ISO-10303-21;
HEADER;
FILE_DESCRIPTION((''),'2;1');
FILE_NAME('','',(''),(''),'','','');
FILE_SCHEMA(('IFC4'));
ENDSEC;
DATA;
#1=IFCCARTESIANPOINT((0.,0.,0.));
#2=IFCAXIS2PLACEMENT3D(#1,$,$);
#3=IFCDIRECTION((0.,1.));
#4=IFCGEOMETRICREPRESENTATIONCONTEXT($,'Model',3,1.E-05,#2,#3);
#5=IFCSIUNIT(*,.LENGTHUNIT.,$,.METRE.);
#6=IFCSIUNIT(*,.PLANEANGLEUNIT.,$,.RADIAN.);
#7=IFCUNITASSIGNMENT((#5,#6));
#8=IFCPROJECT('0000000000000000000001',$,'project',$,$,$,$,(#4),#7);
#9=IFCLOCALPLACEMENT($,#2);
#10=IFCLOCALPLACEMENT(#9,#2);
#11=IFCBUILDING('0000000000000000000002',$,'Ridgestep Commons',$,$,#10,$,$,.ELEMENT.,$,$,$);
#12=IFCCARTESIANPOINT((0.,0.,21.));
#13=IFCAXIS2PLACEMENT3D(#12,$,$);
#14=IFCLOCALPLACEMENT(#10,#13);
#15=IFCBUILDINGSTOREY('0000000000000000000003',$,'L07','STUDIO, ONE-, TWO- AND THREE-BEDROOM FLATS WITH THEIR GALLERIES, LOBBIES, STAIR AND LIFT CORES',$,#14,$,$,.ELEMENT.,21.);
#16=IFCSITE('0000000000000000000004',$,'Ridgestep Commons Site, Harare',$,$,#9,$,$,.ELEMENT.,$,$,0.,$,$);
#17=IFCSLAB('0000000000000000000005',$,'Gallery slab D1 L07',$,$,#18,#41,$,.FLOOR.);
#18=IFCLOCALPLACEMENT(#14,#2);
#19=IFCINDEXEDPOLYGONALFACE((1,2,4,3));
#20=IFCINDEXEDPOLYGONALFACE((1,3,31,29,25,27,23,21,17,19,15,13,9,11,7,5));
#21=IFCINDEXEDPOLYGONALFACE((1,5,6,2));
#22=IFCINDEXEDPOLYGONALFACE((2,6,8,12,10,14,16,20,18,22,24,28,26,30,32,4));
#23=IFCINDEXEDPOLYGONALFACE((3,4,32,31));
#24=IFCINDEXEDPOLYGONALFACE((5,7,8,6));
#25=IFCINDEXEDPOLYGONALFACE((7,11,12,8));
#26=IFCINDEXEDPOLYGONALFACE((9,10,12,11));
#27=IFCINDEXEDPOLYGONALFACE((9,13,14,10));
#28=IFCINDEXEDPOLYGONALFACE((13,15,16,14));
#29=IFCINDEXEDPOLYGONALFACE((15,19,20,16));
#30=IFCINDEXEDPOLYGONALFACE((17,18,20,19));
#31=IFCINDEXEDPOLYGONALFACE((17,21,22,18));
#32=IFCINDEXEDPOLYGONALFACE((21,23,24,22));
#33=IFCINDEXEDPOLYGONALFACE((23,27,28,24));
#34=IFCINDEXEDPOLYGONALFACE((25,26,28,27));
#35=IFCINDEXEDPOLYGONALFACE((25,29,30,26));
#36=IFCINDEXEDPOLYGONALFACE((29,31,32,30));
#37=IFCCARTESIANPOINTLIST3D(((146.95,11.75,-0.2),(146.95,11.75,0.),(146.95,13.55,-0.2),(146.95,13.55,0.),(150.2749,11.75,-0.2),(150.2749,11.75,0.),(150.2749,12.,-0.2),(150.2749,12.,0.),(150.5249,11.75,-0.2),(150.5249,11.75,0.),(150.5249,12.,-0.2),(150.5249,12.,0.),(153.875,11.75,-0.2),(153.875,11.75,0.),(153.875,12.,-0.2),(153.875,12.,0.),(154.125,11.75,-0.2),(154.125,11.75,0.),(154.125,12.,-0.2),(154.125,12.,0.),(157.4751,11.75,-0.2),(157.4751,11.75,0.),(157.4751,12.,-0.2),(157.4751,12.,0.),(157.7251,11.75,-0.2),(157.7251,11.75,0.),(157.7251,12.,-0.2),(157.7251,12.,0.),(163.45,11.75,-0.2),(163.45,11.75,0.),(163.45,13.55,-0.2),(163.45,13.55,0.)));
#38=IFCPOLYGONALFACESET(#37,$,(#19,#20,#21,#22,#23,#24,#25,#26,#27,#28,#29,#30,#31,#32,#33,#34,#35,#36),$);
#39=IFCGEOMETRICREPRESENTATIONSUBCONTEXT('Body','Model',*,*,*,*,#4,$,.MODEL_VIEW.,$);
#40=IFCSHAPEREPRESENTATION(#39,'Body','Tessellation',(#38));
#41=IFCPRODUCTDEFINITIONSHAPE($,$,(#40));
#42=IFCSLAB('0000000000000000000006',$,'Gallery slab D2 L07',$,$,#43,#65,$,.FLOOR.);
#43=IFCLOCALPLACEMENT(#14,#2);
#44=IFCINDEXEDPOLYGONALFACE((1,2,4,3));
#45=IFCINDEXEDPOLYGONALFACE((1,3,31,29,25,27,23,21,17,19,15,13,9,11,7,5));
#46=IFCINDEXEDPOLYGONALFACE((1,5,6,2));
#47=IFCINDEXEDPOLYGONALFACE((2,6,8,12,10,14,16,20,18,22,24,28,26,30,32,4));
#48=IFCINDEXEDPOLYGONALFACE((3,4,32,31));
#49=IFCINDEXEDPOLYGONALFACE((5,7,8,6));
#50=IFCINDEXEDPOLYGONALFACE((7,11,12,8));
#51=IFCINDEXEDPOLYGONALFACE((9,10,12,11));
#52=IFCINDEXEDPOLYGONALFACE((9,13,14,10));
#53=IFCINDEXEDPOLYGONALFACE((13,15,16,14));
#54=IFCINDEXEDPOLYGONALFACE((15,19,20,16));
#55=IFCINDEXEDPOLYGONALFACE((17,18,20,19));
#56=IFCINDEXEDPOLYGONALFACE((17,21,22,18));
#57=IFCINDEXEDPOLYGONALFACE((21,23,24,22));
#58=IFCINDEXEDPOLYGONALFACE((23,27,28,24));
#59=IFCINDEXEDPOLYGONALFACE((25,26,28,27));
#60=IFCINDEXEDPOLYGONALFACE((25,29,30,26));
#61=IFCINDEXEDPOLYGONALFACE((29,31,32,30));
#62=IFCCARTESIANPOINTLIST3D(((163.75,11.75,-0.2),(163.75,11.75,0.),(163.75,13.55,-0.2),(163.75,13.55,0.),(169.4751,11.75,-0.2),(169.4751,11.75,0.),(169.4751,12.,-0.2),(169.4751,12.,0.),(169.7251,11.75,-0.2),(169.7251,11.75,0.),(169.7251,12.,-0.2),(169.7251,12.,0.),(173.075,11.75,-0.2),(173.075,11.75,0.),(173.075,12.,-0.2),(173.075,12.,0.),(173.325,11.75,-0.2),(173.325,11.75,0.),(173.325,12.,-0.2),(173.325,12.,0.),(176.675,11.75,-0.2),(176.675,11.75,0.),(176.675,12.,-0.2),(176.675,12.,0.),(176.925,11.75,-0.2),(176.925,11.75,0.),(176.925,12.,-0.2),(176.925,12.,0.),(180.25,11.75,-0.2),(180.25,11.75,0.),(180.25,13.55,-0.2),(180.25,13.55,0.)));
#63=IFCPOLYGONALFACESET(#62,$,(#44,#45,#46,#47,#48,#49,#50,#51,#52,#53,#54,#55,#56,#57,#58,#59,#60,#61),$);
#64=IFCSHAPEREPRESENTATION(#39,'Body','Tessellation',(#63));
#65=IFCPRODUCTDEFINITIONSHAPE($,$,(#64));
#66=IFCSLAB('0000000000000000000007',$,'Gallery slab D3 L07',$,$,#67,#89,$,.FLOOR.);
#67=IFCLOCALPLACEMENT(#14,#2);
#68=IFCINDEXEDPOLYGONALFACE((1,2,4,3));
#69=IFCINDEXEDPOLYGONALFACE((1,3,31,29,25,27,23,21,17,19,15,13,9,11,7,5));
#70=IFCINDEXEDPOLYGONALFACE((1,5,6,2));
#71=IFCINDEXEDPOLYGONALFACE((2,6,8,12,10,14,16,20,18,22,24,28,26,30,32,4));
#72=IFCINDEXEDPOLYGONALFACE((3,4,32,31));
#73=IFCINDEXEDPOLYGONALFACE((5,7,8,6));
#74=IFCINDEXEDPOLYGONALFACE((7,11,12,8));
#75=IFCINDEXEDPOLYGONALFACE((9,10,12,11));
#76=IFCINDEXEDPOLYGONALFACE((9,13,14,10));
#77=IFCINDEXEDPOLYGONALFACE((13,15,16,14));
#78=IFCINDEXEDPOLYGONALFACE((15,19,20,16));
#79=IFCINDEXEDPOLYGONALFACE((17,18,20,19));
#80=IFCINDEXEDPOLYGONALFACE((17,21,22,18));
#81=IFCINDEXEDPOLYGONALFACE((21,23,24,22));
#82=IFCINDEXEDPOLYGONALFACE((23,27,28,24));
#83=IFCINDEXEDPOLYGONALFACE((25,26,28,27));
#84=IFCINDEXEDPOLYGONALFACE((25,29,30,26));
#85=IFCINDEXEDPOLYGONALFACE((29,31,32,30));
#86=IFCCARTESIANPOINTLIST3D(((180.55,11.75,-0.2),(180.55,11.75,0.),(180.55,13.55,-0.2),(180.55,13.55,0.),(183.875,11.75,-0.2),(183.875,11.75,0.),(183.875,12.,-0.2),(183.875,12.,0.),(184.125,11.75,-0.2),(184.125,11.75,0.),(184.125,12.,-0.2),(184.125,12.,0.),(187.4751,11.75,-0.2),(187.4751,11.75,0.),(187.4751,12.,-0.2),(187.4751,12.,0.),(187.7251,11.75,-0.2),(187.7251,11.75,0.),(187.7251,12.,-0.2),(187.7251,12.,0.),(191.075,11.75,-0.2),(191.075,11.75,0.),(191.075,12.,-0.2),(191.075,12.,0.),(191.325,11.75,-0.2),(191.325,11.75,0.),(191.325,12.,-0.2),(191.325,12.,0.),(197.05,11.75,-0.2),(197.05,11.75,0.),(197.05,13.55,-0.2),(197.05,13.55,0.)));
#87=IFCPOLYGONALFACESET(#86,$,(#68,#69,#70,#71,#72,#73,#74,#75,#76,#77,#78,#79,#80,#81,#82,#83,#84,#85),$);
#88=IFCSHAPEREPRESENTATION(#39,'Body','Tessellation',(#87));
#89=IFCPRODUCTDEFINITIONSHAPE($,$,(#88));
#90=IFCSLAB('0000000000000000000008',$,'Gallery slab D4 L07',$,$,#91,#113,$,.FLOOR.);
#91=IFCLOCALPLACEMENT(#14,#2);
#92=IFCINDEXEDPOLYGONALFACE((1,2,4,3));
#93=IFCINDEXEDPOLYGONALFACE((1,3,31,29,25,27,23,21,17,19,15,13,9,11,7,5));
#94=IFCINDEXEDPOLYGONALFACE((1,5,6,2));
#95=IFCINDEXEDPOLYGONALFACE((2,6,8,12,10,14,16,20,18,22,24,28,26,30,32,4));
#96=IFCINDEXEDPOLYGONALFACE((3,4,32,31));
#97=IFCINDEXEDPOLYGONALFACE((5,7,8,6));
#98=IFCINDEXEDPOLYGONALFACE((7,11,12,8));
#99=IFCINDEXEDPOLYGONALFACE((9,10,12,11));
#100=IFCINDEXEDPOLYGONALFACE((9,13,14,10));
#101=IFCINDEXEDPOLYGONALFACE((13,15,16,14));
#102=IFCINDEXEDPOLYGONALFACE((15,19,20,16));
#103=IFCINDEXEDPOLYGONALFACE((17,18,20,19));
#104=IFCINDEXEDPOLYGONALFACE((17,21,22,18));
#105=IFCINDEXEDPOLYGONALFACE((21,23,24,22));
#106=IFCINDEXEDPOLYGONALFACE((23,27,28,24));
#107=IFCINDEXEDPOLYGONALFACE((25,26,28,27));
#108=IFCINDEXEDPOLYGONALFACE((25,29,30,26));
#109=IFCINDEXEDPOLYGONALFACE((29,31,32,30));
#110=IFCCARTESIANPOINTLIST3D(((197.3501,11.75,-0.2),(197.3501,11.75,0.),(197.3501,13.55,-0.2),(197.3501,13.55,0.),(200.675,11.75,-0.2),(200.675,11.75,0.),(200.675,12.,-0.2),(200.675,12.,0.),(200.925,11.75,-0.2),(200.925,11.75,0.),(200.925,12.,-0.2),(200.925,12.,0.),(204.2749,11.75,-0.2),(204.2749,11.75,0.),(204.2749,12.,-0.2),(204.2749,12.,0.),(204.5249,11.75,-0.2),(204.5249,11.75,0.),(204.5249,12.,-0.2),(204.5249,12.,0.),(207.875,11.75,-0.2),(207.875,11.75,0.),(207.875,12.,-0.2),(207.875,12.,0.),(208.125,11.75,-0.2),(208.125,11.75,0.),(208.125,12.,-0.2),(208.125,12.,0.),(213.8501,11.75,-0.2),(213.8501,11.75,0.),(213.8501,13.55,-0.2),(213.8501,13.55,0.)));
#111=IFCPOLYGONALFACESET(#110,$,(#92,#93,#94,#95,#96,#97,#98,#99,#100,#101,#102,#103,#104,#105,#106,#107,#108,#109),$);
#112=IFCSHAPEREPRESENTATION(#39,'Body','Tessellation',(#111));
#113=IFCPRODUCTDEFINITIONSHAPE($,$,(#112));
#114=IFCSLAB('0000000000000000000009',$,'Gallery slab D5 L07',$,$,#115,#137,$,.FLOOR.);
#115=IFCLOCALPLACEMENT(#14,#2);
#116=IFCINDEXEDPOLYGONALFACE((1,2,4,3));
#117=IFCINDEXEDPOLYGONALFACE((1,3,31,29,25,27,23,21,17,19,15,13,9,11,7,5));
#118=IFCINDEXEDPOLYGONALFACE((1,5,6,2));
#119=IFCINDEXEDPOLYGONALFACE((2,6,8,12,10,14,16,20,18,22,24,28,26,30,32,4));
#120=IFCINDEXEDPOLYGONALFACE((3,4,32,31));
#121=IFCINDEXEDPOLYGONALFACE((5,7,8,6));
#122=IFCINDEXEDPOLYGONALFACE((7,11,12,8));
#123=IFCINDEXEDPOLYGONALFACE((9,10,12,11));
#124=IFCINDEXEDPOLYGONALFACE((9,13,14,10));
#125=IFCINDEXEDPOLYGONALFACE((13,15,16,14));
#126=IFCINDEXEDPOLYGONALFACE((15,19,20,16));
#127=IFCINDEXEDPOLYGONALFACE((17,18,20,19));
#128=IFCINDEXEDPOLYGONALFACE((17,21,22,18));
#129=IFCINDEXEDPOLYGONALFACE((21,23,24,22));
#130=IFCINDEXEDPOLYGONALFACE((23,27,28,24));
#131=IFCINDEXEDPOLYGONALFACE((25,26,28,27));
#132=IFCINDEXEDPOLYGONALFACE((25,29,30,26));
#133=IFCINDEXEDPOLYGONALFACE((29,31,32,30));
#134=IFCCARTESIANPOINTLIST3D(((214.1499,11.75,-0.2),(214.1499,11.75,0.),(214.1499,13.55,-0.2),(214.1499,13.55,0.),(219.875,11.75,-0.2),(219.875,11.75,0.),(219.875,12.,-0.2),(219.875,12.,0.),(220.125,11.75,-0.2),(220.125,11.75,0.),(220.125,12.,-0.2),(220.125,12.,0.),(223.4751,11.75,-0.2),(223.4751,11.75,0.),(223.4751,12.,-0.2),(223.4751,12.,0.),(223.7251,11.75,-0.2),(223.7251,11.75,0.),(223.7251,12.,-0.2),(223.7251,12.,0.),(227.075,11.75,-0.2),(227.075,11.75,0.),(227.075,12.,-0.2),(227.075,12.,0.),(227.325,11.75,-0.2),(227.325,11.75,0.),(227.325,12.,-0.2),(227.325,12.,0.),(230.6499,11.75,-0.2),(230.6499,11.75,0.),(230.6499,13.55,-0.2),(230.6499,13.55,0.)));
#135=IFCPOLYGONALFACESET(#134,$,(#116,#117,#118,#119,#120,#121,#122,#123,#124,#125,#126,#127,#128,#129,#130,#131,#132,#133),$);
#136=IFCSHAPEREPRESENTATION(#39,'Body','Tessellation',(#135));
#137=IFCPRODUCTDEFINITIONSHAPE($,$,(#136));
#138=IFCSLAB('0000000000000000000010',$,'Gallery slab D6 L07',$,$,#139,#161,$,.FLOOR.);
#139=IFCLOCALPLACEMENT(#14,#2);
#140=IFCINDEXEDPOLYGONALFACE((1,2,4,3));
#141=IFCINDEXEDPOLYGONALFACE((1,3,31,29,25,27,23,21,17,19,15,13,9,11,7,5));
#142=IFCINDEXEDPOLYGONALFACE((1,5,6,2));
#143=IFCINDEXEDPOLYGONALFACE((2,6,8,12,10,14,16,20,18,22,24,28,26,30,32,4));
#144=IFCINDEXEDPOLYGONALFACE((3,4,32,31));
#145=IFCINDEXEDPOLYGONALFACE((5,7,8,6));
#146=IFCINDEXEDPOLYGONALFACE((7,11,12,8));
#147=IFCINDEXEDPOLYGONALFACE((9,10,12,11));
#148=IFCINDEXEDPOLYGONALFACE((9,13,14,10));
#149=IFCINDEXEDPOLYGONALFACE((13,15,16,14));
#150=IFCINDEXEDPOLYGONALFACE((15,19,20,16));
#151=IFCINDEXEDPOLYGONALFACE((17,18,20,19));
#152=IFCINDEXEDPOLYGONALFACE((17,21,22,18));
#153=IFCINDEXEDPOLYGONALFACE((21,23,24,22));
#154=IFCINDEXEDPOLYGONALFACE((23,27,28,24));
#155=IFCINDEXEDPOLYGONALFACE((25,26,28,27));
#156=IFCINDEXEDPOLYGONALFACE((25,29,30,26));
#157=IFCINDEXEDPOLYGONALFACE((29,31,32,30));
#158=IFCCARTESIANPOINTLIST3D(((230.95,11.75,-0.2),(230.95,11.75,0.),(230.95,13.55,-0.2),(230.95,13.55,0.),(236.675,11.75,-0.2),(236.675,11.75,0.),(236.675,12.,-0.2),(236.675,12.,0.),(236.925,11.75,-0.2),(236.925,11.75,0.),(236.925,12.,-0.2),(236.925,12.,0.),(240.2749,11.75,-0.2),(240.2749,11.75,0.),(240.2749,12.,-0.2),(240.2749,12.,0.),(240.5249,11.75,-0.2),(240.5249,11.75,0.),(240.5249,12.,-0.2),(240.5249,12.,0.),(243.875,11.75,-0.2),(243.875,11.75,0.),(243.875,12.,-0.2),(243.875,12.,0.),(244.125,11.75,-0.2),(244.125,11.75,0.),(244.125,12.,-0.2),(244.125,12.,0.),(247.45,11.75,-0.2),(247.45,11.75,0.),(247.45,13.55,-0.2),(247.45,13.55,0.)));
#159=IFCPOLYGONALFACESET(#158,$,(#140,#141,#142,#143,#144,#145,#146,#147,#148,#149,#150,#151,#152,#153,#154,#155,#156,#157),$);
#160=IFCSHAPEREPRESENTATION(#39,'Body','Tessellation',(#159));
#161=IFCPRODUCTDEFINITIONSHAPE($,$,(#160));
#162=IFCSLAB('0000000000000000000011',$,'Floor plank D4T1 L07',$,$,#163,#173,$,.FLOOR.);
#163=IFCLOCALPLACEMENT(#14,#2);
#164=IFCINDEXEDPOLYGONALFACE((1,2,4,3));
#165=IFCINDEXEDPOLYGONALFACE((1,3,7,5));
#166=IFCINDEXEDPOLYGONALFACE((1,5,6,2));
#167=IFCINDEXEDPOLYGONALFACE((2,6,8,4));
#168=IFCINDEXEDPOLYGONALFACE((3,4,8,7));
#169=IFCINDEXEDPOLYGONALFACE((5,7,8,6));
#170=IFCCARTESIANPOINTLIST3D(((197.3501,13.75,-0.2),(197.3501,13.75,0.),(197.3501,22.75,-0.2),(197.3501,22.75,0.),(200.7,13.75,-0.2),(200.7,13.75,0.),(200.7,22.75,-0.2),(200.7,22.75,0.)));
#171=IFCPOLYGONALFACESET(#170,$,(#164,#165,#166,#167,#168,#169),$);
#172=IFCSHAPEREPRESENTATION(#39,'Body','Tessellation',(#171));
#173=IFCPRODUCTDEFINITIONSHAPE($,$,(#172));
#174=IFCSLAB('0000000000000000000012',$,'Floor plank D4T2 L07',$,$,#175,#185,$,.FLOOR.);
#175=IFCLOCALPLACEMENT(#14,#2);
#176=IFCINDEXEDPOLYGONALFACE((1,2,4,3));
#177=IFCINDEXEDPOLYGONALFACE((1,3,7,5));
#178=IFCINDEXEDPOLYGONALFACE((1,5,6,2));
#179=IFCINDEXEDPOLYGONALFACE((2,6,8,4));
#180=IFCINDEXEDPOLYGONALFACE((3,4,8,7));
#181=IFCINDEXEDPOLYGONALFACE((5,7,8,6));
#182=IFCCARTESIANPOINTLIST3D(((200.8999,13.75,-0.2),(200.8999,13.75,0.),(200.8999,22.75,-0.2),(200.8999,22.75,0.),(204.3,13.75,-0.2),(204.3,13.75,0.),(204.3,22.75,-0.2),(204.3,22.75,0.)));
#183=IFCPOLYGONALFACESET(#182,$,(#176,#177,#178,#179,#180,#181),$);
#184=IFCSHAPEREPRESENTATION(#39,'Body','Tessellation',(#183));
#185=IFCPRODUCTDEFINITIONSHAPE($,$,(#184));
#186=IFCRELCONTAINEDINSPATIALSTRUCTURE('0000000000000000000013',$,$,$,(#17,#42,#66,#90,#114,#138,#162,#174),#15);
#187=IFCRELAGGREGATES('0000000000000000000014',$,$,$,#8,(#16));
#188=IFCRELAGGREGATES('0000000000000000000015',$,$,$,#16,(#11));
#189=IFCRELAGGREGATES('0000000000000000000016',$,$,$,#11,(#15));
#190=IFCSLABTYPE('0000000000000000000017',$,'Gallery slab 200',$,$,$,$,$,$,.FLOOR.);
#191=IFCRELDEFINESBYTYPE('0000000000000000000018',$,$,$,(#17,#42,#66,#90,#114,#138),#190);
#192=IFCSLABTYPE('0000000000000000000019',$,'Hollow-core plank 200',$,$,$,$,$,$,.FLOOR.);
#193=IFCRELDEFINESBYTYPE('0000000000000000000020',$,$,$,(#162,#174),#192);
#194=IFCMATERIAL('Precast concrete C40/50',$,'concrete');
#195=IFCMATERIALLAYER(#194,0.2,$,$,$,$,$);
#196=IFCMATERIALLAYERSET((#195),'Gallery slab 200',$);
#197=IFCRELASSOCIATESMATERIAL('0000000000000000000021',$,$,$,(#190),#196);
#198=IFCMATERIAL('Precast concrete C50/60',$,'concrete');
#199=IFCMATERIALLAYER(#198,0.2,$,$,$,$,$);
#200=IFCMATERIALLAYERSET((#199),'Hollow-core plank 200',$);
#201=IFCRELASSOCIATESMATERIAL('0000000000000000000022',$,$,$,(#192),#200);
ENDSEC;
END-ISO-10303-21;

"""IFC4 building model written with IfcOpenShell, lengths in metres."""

from ifc_helpers import new_model, si_unit, direction, frame, origin, place, context, subcontext, project, spatial, polyline, outline, extrude, material, layer, layer_set, type_object, element, save


model = new_model("IFC4")

# Units and contexts
model_context = context("Model", 3, precision=1e-05, world=origin(), true_north=direction((0.0, 1.0)))
body_context = subcontext(model_context, "Body", "Model", "MODEL_VIEW")
ifc_project = project(units=[si_unit("LENGTHUNIT", "METRE"), si_unit("PLANEANGLEUNIT", "RADIAN")], contexts=[model_context])

# Site, building, storey
site_placement = place(None, origin())
site = spatial("IfcSite", under=ifc_project, at=site_placement, Name="Ridgestep Commons Site, Harare", CompositionType="ELEMENT", RefElevation=0.0)
building_placement = place(site_placement, origin())
building = spatial("IfcBuilding", under=site, at=building_placement, Name="Ridgestep Commons", CompositionType="ELEMENT")
storey_placement = place(building_placement, frame((0.0, 0.0, 21.0)))
storey = spatial("IfcBuildingStorey", under=building, at=storey_placement, Name="L07", Description="STUDIO, ONE-, TWO- AND THREE-BEDROOM FLATS WITH THEIR GALLERIES, LOBBIES, STAIR AND LIFT CORES", CompositionType="ELEMENT", Elevation=21.0)

# Slabs
ifc_material_1 = material(Name="Precast concrete C40/50", Category="concrete")
ifc_layer_1 = layer(ifc_material_1, 0.2)
ifc_layer_set_1 = layer_set([ifc_layer_1], Name="Gallery slab 200")
slab_type_1 = type_object("IfcSlabType", Name="Gallery slab 200", PredefinedType="FLOOR", material=ifc_layer_set_1)
slab_1_placement = place(storey_placement, frame((0.0, 0.0, -0.2)))
element("IfcSlab", 1, at=slab_1_placement, inside=storey, type_object=slab_type_1, Name="Gallery slab D1 L07", PredefinedType="FLOOR", context=body_context, shape_type="SweptSolid", body=[
    extrude(outline(polyline([(163.45, 13.55), (146.95, 13.55), (146.95, 11.75), (150.2749, 11.75), (150.2749, 12.0), (150.5249, 12.0), (150.5249, 11.75), (153.875, 11.75), (153.875, 12.0), (154.125, 12.0), (154.125, 11.75), (157.4751, 11.75), (157.4751, 12.0), (157.7251, 12.0), (157.7251, 11.75), (163.45, 11.75), (163.45, 13.55)])), origin(), (0.0, 0.0, 1.0), 0.2),
])
slab_2_placement = place(storey_placement, frame((0.0, 0.0, -0.2)))
element("IfcSlab", 2, at=slab_2_placement, inside=storey, type_object=slab_type_1, Name="Gallery slab D2 L07", PredefinedType="FLOOR", context=body_context, shape_type="SweptSolid", body=[
    extrude(outline(polyline([(180.25, 13.55), (163.75, 13.55), (163.75, 11.75), (169.4751, 11.75), (169.4751, 12.0), (169.7251, 12.0), (169.7251, 11.75), (173.075, 11.75), (173.075, 12.0), (173.325, 12.0), (173.325, 11.75), (176.675, 11.75), (176.675, 12.0), (176.925, 12.0), (176.925, 11.75), (180.25, 11.75), (180.25, 13.55)])), origin(), (0.0, 0.0, 1.0), 0.2),
])
slab_3_placement = place(storey_placement, frame((0.0, 0.0, -0.2)))
element("IfcSlab", 3, at=slab_3_placement, inside=storey, type_object=slab_type_1, Name="Gallery slab D3 L07", PredefinedType="FLOOR", context=body_context, shape_type="SweptSolid", body=[
    extrude(outline(polyline([(197.05, 13.55), (180.55, 13.55), (180.55, 11.75), (183.875, 11.75), (183.875, 12.0), (184.125, 12.0), (184.125, 11.75), (187.4751, 11.75), (187.4751, 12.0), (187.7251, 12.0), (187.7251, 11.75), (191.075, 11.75), (191.075, 12.0), (191.325, 12.0), (191.325, 11.75), (197.05, 11.75), (197.05, 13.55)])), origin(), (0.0, 0.0, 1.0), 0.2),
])
slab_4_placement = place(storey_placement, frame((0.0, 0.0, -0.2)))
element("IfcSlab", 4, at=slab_4_placement, inside=storey, type_object=slab_type_1, Name="Gallery slab D4 L07", PredefinedType="FLOOR", context=body_context, shape_type="SweptSolid", body=[
    extrude(outline(polyline([(213.8501, 13.55), (197.3501, 13.55), (197.3501, 11.75), (200.675, 11.75), (200.675, 12.0), (200.925, 12.0), (200.925, 11.75), (204.2749, 11.75), (204.2749, 12.0), (204.5249, 12.0), (204.5249, 11.75), (207.875, 11.75), (207.875, 12.0), (208.125, 12.0), (208.125, 11.75), (213.8501, 11.75), (213.8501, 13.55)])), origin(), (0.0, 0.0, 1.0), 0.2),
])
slab_5_placement = place(storey_placement, frame((0.0, 0.0, -0.2)))
element("IfcSlab", 5, at=slab_5_placement, inside=storey, type_object=slab_type_1, Name="Gallery slab D5 L07", PredefinedType="FLOOR", context=body_context, shape_type="SweptSolid", body=[
    extrude(outline(polyline([(230.6499, 13.55), (214.1499, 13.55), (214.1499, 11.75), (219.875, 11.75), (219.875, 12.0), (220.125, 12.0), (220.125, 11.75), (223.4751, 11.75), (223.4751, 12.0), (223.7251, 12.0), (223.7251, 11.75), (227.075, 11.75), (227.075, 12.0), (227.325, 12.0), (227.325, 11.75), (230.6499, 11.75), (230.6499, 13.55)])), origin(), (0.0, 0.0, 1.0), 0.2),
])
slab_6_placement = place(storey_placement, frame((0.0, 0.0, -0.2)))
element("IfcSlab", 6, at=slab_6_placement, inside=storey, type_object=slab_type_1, Name="Gallery slab D6 L07", PredefinedType="FLOOR", context=body_context, shape_type="SweptSolid", body=[
    extrude(outline(polyline([(247.45, 13.55), (230.95, 13.55), (230.95, 11.75), (236.675, 11.75), (236.675, 12.0), (236.925, 12.0), (236.925, 11.75), (240.2749, 11.75), (240.2749, 12.0), (240.5249, 12.0), (240.5249, 11.75), (243.875, 11.75), (243.875, 12.0), (244.125, 12.0), (244.125, 11.75), (247.45, 11.75), (247.45, 13.55)])), origin(), (0.0, 0.0, 1.0), 0.2),
])
ifc_material_2 = material(Name="Precast concrete C50/60", Category="concrete")
ifc_layer_2 = layer(ifc_material_2, 0.2)
ifc_layer_set_2 = layer_set([ifc_layer_2], Name="Hollow-core plank 200")
slab_type_2 = type_object("IfcSlabType", Name="Hollow-core plank 200", PredefinedType="FLOOR", material=ifc_layer_set_2)
slab_7_placement = place(storey_placement, frame((0.0, 0.0, -0.2)))
element("IfcSlab", 7, at=slab_7_placement, inside=storey, type_object=slab_type_2, Name="Floor plank D4T1 L07", PredefinedType="FLOOR", context=body_context, shape_type="SweptSolid", body=[
    extrude(outline(polyline([(200.7, 13.75), (200.7, 22.75), (197.3501, 22.75), (197.3501, 13.75), (200.7, 13.75)])), origin(), (0.0, 0.0, 1.0), 0.2),
])
slab_8_placement = place(storey_placement, frame((0.0, 0.0, -0.2)))
element("IfcSlab", 8, at=slab_8_placement, inside=storey, type_object=slab_type_2, Name="Floor plank D4T2 L07", PredefinedType="FLOOR", context=body_context, shape_type="SweptSolid", body=[
    extrude(outline(polyline([(204.3, 13.75), (204.3, 22.75), (200.8999, 22.75), (200.8999, 13.75), (204.3, 13.75)])), origin(), (0.0, 0.0, 1.0), 0.2),
])

save(model, "model.ifc")
